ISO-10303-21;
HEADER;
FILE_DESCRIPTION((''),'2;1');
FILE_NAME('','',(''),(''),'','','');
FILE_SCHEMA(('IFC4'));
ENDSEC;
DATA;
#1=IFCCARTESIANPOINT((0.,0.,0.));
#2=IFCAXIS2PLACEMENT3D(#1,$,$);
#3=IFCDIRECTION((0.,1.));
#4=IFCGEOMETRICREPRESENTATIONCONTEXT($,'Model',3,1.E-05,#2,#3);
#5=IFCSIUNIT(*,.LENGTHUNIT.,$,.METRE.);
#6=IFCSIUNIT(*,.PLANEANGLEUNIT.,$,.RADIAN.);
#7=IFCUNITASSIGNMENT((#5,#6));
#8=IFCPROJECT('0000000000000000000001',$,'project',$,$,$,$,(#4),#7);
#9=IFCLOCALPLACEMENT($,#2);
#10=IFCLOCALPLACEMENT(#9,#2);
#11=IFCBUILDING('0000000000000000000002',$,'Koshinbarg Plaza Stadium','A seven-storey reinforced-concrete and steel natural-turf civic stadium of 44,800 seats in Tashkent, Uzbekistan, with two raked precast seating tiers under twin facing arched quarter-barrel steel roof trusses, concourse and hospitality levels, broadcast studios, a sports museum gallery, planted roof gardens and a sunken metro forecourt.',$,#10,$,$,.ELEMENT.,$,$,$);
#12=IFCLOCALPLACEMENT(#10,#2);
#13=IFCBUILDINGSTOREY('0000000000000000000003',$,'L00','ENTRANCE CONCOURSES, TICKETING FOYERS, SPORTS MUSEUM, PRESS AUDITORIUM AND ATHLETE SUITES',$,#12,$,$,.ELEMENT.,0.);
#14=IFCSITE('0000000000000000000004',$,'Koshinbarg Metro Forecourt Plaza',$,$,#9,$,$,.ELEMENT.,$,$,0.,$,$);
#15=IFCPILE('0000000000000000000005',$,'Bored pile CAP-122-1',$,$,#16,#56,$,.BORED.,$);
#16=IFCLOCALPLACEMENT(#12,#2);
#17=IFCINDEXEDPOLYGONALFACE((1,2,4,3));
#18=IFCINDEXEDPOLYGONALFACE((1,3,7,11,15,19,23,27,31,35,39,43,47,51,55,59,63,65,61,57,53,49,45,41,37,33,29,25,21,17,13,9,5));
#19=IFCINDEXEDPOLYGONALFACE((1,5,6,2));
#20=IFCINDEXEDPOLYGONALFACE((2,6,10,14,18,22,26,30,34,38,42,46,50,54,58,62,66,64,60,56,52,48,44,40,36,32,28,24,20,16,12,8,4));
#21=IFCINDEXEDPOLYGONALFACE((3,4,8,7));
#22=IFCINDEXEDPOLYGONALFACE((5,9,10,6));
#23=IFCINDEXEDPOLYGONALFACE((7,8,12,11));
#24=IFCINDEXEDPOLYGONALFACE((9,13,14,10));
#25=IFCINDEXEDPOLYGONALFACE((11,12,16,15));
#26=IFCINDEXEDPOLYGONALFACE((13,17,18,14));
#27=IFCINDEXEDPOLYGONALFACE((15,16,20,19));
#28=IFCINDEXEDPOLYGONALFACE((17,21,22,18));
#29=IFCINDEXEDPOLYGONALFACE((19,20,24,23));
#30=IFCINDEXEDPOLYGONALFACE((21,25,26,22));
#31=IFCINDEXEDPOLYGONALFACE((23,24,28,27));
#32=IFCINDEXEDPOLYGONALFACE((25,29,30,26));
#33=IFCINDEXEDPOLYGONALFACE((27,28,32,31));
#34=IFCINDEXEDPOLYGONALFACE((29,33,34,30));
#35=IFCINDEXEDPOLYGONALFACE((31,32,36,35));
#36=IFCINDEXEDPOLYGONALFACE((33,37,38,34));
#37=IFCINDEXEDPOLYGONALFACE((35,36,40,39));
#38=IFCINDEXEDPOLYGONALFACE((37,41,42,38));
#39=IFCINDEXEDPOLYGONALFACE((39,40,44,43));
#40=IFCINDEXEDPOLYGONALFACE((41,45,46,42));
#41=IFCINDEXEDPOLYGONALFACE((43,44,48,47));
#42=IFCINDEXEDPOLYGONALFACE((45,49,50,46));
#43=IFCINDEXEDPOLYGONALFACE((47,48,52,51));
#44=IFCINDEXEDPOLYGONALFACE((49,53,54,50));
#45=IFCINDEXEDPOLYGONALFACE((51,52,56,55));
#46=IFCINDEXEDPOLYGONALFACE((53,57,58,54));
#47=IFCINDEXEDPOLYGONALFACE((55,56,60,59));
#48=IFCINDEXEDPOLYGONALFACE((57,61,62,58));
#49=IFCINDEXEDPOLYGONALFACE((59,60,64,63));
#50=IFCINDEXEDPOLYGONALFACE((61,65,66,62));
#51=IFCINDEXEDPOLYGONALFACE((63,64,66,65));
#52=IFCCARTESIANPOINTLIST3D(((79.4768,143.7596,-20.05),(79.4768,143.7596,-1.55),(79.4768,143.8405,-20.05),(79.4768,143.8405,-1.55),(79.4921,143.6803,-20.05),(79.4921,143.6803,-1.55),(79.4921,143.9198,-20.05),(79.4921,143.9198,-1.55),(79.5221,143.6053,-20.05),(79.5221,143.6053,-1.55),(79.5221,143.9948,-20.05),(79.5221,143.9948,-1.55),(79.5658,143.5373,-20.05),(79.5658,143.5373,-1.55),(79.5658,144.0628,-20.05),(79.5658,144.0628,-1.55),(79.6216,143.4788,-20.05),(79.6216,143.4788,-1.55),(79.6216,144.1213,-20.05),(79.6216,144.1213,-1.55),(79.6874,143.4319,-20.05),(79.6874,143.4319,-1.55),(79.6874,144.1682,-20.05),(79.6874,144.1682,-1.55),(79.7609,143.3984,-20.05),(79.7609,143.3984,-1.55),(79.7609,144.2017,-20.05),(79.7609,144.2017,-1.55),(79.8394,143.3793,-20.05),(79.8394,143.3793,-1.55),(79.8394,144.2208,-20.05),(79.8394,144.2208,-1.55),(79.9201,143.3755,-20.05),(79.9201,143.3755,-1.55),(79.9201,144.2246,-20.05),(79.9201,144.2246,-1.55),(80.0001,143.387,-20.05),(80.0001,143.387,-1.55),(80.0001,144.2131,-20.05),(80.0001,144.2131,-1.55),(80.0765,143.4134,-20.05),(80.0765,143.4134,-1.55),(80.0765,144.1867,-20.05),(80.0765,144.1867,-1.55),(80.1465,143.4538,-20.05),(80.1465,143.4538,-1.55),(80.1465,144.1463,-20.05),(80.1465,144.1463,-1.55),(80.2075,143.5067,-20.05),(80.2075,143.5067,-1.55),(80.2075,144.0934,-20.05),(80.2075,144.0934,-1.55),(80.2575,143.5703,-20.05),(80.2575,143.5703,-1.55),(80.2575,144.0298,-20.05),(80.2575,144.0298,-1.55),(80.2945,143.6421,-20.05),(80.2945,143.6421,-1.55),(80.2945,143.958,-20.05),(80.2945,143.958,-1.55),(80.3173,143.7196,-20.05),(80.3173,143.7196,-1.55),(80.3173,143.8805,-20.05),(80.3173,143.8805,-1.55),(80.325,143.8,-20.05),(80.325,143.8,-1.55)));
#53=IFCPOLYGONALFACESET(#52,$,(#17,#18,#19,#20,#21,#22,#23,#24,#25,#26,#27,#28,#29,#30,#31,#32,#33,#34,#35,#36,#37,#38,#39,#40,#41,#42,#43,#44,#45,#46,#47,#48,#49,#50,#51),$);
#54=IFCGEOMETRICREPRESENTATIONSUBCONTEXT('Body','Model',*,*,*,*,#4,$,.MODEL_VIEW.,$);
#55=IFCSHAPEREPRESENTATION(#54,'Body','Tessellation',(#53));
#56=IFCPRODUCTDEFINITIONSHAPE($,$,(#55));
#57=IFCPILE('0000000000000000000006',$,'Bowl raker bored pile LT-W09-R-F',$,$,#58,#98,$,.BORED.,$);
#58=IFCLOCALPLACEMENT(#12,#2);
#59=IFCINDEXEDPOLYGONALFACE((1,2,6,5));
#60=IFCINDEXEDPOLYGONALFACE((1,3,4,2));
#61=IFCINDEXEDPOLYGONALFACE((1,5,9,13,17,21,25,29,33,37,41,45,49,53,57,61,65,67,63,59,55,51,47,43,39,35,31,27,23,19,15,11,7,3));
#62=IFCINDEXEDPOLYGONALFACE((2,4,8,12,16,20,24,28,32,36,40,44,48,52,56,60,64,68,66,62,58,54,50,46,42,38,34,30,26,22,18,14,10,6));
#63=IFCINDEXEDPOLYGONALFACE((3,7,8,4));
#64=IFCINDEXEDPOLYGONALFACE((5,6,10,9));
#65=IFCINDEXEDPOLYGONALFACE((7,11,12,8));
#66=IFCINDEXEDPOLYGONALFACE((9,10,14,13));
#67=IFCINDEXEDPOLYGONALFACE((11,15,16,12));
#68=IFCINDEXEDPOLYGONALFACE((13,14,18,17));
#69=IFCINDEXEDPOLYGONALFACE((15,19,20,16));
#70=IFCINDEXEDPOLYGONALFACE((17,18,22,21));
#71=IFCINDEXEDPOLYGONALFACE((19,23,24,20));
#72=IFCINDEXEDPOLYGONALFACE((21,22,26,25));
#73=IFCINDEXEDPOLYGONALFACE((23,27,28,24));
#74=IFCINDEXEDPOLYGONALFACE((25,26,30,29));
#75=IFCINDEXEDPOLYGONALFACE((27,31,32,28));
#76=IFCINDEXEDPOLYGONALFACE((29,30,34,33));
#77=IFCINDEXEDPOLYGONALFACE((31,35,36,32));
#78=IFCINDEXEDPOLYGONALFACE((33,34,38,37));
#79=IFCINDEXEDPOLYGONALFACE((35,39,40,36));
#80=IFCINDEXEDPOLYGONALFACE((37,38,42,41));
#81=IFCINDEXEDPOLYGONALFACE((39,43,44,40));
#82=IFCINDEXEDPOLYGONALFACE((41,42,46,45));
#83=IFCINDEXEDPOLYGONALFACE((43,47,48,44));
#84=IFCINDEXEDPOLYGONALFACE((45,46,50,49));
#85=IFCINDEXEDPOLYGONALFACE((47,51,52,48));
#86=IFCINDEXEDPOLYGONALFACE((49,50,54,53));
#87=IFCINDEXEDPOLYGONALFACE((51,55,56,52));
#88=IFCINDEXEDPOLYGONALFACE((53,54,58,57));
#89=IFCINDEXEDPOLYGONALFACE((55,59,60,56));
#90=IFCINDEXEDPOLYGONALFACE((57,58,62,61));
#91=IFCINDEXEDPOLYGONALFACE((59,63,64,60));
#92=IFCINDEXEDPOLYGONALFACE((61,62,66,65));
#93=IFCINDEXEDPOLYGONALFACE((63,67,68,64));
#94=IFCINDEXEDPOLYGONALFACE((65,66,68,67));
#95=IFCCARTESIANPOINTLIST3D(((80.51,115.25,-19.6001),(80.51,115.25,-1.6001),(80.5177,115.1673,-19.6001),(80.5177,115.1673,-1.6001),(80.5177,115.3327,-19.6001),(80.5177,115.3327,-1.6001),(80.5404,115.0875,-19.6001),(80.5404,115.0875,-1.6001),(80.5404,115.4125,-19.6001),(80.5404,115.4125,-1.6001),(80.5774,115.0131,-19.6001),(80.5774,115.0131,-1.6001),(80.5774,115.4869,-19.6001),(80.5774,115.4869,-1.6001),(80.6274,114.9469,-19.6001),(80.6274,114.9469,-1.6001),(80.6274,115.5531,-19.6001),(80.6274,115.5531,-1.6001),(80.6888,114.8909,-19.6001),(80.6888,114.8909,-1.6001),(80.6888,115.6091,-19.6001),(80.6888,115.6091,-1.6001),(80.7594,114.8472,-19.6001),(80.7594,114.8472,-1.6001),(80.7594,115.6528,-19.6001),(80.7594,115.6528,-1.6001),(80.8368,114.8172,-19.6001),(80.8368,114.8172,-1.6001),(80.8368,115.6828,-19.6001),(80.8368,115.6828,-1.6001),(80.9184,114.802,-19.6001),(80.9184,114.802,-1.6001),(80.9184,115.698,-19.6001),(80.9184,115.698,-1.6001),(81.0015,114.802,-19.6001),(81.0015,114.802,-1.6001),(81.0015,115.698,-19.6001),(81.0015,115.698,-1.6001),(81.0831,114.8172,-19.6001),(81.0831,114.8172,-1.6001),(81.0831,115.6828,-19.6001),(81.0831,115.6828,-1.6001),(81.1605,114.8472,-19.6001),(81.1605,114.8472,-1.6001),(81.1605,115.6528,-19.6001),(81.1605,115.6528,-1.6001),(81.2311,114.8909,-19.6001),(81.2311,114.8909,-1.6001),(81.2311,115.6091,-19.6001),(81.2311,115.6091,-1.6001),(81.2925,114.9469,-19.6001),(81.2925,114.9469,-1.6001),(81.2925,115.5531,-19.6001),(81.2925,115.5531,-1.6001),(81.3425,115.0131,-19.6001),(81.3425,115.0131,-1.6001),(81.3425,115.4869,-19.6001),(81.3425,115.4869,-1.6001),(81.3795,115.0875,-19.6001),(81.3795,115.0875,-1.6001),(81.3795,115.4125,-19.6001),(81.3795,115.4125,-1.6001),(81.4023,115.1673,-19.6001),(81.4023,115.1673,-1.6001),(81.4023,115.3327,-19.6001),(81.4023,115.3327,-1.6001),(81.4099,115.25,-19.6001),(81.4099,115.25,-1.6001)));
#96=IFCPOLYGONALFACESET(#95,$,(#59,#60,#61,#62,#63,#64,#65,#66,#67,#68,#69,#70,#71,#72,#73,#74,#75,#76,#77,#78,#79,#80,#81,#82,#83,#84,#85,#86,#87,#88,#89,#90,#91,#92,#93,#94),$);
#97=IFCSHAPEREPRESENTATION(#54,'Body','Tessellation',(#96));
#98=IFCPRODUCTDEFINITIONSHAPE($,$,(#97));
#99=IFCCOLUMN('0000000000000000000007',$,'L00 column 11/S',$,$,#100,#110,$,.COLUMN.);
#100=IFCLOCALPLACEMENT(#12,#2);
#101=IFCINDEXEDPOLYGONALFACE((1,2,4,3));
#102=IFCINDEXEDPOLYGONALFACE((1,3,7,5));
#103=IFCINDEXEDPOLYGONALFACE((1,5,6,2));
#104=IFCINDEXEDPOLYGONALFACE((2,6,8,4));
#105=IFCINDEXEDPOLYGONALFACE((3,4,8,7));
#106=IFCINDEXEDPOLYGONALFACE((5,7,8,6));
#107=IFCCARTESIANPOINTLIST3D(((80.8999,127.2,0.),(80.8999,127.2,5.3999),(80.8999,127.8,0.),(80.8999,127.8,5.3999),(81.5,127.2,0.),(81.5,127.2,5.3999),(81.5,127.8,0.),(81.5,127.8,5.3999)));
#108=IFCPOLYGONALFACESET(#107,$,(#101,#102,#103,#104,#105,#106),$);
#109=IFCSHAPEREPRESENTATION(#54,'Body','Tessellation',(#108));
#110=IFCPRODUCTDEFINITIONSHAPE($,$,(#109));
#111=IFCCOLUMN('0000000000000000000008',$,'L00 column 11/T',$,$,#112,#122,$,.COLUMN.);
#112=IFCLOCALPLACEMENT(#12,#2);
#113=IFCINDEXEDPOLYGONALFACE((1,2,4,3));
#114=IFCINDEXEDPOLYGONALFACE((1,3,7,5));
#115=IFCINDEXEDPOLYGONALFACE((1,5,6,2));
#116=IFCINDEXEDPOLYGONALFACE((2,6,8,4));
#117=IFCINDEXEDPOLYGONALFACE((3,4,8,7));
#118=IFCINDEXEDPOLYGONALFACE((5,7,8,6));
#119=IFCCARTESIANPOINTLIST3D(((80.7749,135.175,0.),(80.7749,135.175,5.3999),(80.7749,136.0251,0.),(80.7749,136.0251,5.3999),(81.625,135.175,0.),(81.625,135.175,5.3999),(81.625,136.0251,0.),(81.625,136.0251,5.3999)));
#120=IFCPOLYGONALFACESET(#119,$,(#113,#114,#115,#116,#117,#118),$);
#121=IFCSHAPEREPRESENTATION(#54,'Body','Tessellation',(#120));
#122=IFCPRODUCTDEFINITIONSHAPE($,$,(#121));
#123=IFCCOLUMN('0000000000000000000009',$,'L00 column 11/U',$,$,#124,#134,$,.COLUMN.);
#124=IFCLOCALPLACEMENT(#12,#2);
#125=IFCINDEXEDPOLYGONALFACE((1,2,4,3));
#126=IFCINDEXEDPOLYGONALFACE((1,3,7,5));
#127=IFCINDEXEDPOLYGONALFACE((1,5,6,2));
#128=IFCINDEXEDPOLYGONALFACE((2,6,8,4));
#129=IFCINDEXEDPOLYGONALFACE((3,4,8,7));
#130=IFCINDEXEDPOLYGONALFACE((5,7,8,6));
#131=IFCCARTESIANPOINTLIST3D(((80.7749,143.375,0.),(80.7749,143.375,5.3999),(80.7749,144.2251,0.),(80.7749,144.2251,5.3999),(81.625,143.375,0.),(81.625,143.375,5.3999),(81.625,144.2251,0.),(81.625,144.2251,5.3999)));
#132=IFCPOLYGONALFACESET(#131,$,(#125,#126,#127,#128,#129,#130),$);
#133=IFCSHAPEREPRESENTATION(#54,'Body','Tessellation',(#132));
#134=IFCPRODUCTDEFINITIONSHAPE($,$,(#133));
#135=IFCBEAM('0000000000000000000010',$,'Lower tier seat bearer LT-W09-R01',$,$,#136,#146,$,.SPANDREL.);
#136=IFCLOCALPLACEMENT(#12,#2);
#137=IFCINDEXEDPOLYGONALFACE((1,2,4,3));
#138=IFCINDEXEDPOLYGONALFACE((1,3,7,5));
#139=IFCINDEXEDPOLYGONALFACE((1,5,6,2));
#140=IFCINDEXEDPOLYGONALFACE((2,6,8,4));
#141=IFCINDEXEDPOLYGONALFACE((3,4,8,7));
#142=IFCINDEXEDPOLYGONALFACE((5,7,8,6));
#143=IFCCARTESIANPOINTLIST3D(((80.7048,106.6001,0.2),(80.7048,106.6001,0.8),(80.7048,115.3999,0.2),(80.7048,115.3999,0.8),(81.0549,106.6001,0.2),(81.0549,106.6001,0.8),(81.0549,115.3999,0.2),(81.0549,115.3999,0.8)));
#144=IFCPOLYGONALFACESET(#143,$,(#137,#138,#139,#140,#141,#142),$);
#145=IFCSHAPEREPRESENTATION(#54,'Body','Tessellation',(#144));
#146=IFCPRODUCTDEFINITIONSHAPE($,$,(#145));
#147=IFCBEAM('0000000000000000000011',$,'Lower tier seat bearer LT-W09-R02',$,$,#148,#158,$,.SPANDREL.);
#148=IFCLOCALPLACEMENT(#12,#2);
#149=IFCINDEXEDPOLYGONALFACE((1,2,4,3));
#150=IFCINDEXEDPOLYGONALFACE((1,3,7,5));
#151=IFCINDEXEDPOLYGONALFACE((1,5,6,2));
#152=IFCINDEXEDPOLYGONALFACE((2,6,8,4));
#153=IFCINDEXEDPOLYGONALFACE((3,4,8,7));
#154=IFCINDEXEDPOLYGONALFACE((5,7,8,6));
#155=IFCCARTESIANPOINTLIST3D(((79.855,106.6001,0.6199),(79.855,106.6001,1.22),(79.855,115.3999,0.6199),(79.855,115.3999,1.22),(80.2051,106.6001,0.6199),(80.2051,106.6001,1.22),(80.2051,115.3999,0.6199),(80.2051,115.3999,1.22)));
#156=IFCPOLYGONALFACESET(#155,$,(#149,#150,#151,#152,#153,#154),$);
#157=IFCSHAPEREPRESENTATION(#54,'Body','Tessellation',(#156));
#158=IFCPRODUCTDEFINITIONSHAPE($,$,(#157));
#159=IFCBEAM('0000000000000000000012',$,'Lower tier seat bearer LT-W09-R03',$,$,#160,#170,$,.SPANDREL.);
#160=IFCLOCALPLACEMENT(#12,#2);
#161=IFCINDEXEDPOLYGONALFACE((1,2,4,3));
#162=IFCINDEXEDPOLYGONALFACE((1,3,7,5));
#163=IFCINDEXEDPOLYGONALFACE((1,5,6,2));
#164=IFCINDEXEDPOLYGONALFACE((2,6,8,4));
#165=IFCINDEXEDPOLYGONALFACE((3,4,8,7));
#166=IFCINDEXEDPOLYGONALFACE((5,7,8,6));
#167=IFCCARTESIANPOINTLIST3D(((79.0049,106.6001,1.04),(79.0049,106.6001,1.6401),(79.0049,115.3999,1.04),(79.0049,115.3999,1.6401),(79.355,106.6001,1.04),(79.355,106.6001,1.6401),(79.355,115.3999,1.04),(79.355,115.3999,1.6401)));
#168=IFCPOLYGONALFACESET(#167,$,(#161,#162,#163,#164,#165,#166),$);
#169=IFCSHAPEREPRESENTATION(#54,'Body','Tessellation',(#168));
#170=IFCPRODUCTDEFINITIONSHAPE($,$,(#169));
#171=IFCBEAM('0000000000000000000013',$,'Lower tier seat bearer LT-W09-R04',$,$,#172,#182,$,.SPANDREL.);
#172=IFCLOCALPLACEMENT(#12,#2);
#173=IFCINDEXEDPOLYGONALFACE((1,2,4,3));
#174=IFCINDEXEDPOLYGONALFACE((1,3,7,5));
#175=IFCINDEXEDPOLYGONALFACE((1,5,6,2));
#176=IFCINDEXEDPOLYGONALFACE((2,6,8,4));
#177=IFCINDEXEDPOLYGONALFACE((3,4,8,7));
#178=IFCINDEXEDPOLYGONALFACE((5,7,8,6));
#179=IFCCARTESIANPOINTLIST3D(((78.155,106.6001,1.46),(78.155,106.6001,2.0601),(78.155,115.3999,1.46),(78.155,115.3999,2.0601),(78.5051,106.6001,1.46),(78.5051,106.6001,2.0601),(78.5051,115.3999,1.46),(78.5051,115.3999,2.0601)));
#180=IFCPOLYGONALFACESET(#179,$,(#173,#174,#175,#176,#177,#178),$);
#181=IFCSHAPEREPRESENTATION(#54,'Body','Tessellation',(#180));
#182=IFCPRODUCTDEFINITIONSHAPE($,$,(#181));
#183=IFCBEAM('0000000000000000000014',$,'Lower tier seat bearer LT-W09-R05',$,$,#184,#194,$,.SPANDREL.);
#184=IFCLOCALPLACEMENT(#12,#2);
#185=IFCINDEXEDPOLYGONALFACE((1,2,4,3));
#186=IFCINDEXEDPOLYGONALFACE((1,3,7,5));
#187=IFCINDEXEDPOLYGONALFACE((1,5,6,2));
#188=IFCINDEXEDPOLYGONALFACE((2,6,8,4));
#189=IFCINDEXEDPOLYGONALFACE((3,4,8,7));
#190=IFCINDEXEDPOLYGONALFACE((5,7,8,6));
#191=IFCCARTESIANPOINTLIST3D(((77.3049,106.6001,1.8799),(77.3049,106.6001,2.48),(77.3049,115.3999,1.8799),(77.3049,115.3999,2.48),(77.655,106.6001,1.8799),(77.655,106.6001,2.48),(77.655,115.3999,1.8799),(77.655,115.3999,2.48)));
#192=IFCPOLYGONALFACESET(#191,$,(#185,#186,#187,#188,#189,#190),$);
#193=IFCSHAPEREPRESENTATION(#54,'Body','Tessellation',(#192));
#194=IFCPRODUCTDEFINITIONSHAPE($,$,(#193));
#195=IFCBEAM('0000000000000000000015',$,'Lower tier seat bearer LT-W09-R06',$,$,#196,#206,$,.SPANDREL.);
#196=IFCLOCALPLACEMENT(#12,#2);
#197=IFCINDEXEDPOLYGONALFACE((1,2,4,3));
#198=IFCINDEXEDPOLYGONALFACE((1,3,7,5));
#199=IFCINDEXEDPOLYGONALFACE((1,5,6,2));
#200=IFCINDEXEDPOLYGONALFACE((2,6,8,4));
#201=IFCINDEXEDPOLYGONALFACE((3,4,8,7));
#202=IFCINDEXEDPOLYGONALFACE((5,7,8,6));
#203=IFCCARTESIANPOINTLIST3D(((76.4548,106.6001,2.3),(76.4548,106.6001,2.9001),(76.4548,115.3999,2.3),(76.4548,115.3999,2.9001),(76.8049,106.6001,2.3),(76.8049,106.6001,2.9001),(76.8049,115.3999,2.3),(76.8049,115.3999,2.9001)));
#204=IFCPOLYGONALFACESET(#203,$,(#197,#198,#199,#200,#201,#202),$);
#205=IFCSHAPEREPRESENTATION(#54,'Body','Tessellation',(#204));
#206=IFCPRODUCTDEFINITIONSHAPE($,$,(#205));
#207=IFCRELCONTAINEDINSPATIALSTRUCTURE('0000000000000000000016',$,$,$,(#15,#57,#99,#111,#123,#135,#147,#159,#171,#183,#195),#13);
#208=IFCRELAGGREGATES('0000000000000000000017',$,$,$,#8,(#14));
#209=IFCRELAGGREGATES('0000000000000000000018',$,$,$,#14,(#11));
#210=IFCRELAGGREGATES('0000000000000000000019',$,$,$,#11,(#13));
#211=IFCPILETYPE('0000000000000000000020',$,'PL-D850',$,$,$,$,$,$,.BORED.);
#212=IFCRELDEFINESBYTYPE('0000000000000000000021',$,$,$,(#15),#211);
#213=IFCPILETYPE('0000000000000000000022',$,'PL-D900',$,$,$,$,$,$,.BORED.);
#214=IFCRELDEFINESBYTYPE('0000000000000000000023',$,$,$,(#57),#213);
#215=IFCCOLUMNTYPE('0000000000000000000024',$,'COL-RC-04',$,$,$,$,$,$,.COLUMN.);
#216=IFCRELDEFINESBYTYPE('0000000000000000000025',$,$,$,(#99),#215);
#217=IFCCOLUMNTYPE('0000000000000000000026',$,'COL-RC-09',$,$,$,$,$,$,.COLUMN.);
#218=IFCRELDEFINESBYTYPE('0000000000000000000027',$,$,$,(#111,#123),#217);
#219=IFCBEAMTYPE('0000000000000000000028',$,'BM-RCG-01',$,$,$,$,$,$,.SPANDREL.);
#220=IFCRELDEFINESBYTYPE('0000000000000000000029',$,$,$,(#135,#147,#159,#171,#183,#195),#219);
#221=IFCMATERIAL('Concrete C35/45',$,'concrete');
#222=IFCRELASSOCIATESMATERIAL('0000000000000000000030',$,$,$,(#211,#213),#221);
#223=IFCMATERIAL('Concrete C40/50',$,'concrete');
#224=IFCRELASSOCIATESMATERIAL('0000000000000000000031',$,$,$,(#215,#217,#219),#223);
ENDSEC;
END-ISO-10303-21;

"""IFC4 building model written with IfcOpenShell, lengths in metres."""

from ifc_helpers import new_model, si_unit, direction, frame, origin, origin_2d, place, context, subcontext, project, spatial, rectangle, circle, extrude, material, material_profile, profile_set, type_object, element, save


model = new_model("IFC4")

# Units and contexts
model_context = context("Model", 3, precision=1e-05, world=origin(), true_north=direction((0.0, 1.0)))
body_context = subcontext(model_context, "Body", "Model", "MODEL_VIEW")
ifc_project = project(units=[si_unit("LENGTHUNIT", "METRE"), si_unit("PLANEANGLEUNIT", "RADIAN")], contexts=[model_context])

# Site, building, storey
site_placement = place(None, origin())
site = spatial("IfcSite", under=ifc_project, at=site_placement, Name="Koshinbarg Metro Forecourt Plaza", CompositionType="ELEMENT", RefElevation=0.0)
building_placement = place(site_placement, origin())
building = spatial("IfcBuilding", under=site, at=building_placement, Name="Koshinbarg Plaza Stadium", Description="A seven-storey reinforced-concrete and steel natural-turf civic stadium of 44,800 seats in Tashkent, Uzbekistan, with two raked precast seating tiers under twin facing arched quarter-barrel steel roof trusses, concourse and hospitality levels, broadcast studios, a sports museum gallery, planted roof gardens and a sunken metro forecourt.", CompositionType="ELEMENT")
storey_placement = place(building_placement, origin())
storey = spatial("IfcBuildingStorey", under=building, at=storey_placement, Name="L00", Description="ENTRANCE CONCOURSES, TICKETING FOYERS, SPORTS MUSEUM, PRESS AUDITORIUM AND ATHLETE SUITES", CompositionType="ELEMENT", Elevation=0.0)

# Shared definitions
ifc_material_1 = material(Name="Concrete C35/45", Category="concrete")

# Piles
ifc_material_profile_1 = material_profile(ifc_material_1, circle(Radius=0.425, at=origin_2d()), Name="PILE D850")
ifc_profile_set_1 = profile_set([ifc_material_profile_1], Name="Concrete C35/45")
pile_type_1 = type_object("IfcPileType", Name="PL-D850", PredefinedType="BORED", material=ifc_profile_set_1)
pile_1_placement = place(storey_placement, frame((79.8999, 143.8, -1.55), z_axis=(0.0, 0.0, -1.0), x_axis=(1.0, 0.0, 0.0)))
element("IfcPile", 1, at=pile_1_placement, inside=storey, type_object=pile_type_1, Name="Bored pile CAP-122-1", PredefinedType="BORED", context=body_context, shape_type="SweptSolid", body=[
    extrude(circle(Radius=0.425, at=origin_2d()), origin(), (0.0, 0.0, 1.0), 18.5),
])
ifc_material_profile_2 = material_profile(ifc_material_1, circle(Radius=0.45, at=origin_2d()), Name="PILE D900")
ifc_profile_set_2 = profile_set([ifc_material_profile_2], Name="Concrete C35/45")
pile_type_2 = type_object("IfcPileType", Name="PL-D900", PredefinedType="BORED", material=ifc_profile_set_2)
pile_2_placement = place(storey_placement, frame((80.96, 115.25, -1.6001), z_axis=(0.0, 0.0, -1.0), x_axis=(1.0, 0.0, 0.0)))
element("IfcPile", 2, at=pile_2_placement, inside=storey, type_object=pile_type_2, Name="Bowl raker bored pile LT-W09-R-F", PredefinedType="BORED", context=body_context, shape_type="SweptSolid", body=[
    extrude(circle(Radius=0.45, at=origin_2d()), origin(), (0.0, 0.0, 1.0), 18.0),
])

# Columns
ifc_material_2 = material(Name="Concrete C40/50", Category="concrete")
ifc_material_profile_3 = material_profile(ifc_material_2, rectangle(XDim=0.6001, YDim=0.6001, at=origin_2d()), Name="RC 600x600")
ifc_profile_set_3 = profile_set([ifc_material_profile_3], Name="Concrete C40/50")
column_type_1 = type_object("IfcColumnType", Name="COL-RC-04", PredefinedType="COLUMN", material=ifc_profile_set_3)
column_placement = place(storey_placement, frame((81.2, 127.5, 0.0), z_axis=(0.0, 0.0, 1.0), x_axis=(1.0, 0.0, 0.0)))
element("IfcColumn", 3, at=column_placement, inside=storey, type_object=column_type_1, Name="L00 column 11/S", PredefinedType="COLUMN", context=body_context, shape_type="SweptSolid", body=[
    extrude(rectangle(XDim=0.6001, YDim=0.6001, at=origin_2d()), origin(), (0.0, 0.0, 1.0), 5.3999),
])
ifc_material_profile_4 = material_profile(ifc_material_2, rectangle(XDim=0.8501, YDim=0.8501, at=origin_2d()), Name="RC 850x850")
ifc_profile_set_4 = profile_set([ifc_material_profile_4], Name="Concrete C40/50")
column_type_2 = type_object("IfcColumnType", Name="COL-RC-09", PredefinedType="COLUMN", material=ifc_profile_set_4)
for number, where, z_axis, x_axis, name in (
    (4, (81.2, 135.6001, 0.0), (0.0, 0.0, 1.0), (1.0, 0.0, 0.0), "L00 column 11/T"),
    (5, (81.2, 143.8, 0.0), (0.0, 0.0, 1.0), (1.0, 0.0, 0.0), "L00 column 11/U"),
):
    element("IfcColumn", number, at=place(storey_placement, frame(where, z_axis=z_axis, x_axis=x_axis)), inside=storey, type_object=column_type_2, Name=name, PredefinedType="COLUMN", context=body_context, shape_type="SweptSolid", body=[
        extrude(rectangle(XDim=0.8501, YDim=0.8501, at=origin_2d()), origin(), (0.0, 0.0, 1.0), 5.3999),
    ])

# Beams
ifc_material_profile_5 = material_profile(ifc_material_2, rectangle(XDim=0.3501, YDim=0.6001, at=origin_2d()), Name="RC 350x600")
ifc_profile_set_5 = profile_set([ifc_material_profile_5], Name="Concrete C40/50")
beam_type = type_object("IfcBeamType", Name="BM-RCG-01", PredefinedType="SPANDREL", material=ifc_profile_set_5)
for number, where, z_axis, x_axis, name in (
    (6, (80.8799, 106.6001, 0.5), (0.0, 1.0, 0.0), (-1.0, 0.0, 0.0), "Lower tier seat bearer LT-W09-R01"),
    (7, (80.03, 106.6001, 0.9199), (0.0, 1.0, 0.0), (-1.0, 0.0, 0.0), "Lower tier seat bearer LT-W09-R02"),
    (8, (79.1799, 106.6001, 1.3401), (0.0, 1.0, 0.0), (-1.0, 0.0, 0.0), "Lower tier seat bearer LT-W09-R03"),
    (9, (78.3301, 106.6001, 1.76), (0.0, 1.0, 0.0), (-1.0, 0.0, 0.0), "Lower tier seat bearer LT-W09-R04"),
    (10, (77.48, 106.6001, 2.1799), (0.0, 1.0, 0.0), (-1.0, 0.0, 0.0), "Lower tier seat bearer LT-W09-R05"),
    (11, (76.6299, 106.6001, 2.6001), (0.0, 1.0, 0.0), (-1.0, 0.0, 0.0), "Lower tier seat bearer LT-W09-R06"),
):
    element("IfcBeam", number, at=place(storey_placement, frame(where, z_axis=z_axis, x_axis=x_axis)), inside=storey, type_object=beam_type, Name=name, PredefinedType="SPANDREL", context=body_context, shape_type="SweptSolid", body=[
        extrude(rectangle(XDim=0.3501, YDim=0.6001, at=origin_2d()), origin(), (0.0, 0.0, 1.0), 8.7998),
    ])

save(model, "model.ifc")
